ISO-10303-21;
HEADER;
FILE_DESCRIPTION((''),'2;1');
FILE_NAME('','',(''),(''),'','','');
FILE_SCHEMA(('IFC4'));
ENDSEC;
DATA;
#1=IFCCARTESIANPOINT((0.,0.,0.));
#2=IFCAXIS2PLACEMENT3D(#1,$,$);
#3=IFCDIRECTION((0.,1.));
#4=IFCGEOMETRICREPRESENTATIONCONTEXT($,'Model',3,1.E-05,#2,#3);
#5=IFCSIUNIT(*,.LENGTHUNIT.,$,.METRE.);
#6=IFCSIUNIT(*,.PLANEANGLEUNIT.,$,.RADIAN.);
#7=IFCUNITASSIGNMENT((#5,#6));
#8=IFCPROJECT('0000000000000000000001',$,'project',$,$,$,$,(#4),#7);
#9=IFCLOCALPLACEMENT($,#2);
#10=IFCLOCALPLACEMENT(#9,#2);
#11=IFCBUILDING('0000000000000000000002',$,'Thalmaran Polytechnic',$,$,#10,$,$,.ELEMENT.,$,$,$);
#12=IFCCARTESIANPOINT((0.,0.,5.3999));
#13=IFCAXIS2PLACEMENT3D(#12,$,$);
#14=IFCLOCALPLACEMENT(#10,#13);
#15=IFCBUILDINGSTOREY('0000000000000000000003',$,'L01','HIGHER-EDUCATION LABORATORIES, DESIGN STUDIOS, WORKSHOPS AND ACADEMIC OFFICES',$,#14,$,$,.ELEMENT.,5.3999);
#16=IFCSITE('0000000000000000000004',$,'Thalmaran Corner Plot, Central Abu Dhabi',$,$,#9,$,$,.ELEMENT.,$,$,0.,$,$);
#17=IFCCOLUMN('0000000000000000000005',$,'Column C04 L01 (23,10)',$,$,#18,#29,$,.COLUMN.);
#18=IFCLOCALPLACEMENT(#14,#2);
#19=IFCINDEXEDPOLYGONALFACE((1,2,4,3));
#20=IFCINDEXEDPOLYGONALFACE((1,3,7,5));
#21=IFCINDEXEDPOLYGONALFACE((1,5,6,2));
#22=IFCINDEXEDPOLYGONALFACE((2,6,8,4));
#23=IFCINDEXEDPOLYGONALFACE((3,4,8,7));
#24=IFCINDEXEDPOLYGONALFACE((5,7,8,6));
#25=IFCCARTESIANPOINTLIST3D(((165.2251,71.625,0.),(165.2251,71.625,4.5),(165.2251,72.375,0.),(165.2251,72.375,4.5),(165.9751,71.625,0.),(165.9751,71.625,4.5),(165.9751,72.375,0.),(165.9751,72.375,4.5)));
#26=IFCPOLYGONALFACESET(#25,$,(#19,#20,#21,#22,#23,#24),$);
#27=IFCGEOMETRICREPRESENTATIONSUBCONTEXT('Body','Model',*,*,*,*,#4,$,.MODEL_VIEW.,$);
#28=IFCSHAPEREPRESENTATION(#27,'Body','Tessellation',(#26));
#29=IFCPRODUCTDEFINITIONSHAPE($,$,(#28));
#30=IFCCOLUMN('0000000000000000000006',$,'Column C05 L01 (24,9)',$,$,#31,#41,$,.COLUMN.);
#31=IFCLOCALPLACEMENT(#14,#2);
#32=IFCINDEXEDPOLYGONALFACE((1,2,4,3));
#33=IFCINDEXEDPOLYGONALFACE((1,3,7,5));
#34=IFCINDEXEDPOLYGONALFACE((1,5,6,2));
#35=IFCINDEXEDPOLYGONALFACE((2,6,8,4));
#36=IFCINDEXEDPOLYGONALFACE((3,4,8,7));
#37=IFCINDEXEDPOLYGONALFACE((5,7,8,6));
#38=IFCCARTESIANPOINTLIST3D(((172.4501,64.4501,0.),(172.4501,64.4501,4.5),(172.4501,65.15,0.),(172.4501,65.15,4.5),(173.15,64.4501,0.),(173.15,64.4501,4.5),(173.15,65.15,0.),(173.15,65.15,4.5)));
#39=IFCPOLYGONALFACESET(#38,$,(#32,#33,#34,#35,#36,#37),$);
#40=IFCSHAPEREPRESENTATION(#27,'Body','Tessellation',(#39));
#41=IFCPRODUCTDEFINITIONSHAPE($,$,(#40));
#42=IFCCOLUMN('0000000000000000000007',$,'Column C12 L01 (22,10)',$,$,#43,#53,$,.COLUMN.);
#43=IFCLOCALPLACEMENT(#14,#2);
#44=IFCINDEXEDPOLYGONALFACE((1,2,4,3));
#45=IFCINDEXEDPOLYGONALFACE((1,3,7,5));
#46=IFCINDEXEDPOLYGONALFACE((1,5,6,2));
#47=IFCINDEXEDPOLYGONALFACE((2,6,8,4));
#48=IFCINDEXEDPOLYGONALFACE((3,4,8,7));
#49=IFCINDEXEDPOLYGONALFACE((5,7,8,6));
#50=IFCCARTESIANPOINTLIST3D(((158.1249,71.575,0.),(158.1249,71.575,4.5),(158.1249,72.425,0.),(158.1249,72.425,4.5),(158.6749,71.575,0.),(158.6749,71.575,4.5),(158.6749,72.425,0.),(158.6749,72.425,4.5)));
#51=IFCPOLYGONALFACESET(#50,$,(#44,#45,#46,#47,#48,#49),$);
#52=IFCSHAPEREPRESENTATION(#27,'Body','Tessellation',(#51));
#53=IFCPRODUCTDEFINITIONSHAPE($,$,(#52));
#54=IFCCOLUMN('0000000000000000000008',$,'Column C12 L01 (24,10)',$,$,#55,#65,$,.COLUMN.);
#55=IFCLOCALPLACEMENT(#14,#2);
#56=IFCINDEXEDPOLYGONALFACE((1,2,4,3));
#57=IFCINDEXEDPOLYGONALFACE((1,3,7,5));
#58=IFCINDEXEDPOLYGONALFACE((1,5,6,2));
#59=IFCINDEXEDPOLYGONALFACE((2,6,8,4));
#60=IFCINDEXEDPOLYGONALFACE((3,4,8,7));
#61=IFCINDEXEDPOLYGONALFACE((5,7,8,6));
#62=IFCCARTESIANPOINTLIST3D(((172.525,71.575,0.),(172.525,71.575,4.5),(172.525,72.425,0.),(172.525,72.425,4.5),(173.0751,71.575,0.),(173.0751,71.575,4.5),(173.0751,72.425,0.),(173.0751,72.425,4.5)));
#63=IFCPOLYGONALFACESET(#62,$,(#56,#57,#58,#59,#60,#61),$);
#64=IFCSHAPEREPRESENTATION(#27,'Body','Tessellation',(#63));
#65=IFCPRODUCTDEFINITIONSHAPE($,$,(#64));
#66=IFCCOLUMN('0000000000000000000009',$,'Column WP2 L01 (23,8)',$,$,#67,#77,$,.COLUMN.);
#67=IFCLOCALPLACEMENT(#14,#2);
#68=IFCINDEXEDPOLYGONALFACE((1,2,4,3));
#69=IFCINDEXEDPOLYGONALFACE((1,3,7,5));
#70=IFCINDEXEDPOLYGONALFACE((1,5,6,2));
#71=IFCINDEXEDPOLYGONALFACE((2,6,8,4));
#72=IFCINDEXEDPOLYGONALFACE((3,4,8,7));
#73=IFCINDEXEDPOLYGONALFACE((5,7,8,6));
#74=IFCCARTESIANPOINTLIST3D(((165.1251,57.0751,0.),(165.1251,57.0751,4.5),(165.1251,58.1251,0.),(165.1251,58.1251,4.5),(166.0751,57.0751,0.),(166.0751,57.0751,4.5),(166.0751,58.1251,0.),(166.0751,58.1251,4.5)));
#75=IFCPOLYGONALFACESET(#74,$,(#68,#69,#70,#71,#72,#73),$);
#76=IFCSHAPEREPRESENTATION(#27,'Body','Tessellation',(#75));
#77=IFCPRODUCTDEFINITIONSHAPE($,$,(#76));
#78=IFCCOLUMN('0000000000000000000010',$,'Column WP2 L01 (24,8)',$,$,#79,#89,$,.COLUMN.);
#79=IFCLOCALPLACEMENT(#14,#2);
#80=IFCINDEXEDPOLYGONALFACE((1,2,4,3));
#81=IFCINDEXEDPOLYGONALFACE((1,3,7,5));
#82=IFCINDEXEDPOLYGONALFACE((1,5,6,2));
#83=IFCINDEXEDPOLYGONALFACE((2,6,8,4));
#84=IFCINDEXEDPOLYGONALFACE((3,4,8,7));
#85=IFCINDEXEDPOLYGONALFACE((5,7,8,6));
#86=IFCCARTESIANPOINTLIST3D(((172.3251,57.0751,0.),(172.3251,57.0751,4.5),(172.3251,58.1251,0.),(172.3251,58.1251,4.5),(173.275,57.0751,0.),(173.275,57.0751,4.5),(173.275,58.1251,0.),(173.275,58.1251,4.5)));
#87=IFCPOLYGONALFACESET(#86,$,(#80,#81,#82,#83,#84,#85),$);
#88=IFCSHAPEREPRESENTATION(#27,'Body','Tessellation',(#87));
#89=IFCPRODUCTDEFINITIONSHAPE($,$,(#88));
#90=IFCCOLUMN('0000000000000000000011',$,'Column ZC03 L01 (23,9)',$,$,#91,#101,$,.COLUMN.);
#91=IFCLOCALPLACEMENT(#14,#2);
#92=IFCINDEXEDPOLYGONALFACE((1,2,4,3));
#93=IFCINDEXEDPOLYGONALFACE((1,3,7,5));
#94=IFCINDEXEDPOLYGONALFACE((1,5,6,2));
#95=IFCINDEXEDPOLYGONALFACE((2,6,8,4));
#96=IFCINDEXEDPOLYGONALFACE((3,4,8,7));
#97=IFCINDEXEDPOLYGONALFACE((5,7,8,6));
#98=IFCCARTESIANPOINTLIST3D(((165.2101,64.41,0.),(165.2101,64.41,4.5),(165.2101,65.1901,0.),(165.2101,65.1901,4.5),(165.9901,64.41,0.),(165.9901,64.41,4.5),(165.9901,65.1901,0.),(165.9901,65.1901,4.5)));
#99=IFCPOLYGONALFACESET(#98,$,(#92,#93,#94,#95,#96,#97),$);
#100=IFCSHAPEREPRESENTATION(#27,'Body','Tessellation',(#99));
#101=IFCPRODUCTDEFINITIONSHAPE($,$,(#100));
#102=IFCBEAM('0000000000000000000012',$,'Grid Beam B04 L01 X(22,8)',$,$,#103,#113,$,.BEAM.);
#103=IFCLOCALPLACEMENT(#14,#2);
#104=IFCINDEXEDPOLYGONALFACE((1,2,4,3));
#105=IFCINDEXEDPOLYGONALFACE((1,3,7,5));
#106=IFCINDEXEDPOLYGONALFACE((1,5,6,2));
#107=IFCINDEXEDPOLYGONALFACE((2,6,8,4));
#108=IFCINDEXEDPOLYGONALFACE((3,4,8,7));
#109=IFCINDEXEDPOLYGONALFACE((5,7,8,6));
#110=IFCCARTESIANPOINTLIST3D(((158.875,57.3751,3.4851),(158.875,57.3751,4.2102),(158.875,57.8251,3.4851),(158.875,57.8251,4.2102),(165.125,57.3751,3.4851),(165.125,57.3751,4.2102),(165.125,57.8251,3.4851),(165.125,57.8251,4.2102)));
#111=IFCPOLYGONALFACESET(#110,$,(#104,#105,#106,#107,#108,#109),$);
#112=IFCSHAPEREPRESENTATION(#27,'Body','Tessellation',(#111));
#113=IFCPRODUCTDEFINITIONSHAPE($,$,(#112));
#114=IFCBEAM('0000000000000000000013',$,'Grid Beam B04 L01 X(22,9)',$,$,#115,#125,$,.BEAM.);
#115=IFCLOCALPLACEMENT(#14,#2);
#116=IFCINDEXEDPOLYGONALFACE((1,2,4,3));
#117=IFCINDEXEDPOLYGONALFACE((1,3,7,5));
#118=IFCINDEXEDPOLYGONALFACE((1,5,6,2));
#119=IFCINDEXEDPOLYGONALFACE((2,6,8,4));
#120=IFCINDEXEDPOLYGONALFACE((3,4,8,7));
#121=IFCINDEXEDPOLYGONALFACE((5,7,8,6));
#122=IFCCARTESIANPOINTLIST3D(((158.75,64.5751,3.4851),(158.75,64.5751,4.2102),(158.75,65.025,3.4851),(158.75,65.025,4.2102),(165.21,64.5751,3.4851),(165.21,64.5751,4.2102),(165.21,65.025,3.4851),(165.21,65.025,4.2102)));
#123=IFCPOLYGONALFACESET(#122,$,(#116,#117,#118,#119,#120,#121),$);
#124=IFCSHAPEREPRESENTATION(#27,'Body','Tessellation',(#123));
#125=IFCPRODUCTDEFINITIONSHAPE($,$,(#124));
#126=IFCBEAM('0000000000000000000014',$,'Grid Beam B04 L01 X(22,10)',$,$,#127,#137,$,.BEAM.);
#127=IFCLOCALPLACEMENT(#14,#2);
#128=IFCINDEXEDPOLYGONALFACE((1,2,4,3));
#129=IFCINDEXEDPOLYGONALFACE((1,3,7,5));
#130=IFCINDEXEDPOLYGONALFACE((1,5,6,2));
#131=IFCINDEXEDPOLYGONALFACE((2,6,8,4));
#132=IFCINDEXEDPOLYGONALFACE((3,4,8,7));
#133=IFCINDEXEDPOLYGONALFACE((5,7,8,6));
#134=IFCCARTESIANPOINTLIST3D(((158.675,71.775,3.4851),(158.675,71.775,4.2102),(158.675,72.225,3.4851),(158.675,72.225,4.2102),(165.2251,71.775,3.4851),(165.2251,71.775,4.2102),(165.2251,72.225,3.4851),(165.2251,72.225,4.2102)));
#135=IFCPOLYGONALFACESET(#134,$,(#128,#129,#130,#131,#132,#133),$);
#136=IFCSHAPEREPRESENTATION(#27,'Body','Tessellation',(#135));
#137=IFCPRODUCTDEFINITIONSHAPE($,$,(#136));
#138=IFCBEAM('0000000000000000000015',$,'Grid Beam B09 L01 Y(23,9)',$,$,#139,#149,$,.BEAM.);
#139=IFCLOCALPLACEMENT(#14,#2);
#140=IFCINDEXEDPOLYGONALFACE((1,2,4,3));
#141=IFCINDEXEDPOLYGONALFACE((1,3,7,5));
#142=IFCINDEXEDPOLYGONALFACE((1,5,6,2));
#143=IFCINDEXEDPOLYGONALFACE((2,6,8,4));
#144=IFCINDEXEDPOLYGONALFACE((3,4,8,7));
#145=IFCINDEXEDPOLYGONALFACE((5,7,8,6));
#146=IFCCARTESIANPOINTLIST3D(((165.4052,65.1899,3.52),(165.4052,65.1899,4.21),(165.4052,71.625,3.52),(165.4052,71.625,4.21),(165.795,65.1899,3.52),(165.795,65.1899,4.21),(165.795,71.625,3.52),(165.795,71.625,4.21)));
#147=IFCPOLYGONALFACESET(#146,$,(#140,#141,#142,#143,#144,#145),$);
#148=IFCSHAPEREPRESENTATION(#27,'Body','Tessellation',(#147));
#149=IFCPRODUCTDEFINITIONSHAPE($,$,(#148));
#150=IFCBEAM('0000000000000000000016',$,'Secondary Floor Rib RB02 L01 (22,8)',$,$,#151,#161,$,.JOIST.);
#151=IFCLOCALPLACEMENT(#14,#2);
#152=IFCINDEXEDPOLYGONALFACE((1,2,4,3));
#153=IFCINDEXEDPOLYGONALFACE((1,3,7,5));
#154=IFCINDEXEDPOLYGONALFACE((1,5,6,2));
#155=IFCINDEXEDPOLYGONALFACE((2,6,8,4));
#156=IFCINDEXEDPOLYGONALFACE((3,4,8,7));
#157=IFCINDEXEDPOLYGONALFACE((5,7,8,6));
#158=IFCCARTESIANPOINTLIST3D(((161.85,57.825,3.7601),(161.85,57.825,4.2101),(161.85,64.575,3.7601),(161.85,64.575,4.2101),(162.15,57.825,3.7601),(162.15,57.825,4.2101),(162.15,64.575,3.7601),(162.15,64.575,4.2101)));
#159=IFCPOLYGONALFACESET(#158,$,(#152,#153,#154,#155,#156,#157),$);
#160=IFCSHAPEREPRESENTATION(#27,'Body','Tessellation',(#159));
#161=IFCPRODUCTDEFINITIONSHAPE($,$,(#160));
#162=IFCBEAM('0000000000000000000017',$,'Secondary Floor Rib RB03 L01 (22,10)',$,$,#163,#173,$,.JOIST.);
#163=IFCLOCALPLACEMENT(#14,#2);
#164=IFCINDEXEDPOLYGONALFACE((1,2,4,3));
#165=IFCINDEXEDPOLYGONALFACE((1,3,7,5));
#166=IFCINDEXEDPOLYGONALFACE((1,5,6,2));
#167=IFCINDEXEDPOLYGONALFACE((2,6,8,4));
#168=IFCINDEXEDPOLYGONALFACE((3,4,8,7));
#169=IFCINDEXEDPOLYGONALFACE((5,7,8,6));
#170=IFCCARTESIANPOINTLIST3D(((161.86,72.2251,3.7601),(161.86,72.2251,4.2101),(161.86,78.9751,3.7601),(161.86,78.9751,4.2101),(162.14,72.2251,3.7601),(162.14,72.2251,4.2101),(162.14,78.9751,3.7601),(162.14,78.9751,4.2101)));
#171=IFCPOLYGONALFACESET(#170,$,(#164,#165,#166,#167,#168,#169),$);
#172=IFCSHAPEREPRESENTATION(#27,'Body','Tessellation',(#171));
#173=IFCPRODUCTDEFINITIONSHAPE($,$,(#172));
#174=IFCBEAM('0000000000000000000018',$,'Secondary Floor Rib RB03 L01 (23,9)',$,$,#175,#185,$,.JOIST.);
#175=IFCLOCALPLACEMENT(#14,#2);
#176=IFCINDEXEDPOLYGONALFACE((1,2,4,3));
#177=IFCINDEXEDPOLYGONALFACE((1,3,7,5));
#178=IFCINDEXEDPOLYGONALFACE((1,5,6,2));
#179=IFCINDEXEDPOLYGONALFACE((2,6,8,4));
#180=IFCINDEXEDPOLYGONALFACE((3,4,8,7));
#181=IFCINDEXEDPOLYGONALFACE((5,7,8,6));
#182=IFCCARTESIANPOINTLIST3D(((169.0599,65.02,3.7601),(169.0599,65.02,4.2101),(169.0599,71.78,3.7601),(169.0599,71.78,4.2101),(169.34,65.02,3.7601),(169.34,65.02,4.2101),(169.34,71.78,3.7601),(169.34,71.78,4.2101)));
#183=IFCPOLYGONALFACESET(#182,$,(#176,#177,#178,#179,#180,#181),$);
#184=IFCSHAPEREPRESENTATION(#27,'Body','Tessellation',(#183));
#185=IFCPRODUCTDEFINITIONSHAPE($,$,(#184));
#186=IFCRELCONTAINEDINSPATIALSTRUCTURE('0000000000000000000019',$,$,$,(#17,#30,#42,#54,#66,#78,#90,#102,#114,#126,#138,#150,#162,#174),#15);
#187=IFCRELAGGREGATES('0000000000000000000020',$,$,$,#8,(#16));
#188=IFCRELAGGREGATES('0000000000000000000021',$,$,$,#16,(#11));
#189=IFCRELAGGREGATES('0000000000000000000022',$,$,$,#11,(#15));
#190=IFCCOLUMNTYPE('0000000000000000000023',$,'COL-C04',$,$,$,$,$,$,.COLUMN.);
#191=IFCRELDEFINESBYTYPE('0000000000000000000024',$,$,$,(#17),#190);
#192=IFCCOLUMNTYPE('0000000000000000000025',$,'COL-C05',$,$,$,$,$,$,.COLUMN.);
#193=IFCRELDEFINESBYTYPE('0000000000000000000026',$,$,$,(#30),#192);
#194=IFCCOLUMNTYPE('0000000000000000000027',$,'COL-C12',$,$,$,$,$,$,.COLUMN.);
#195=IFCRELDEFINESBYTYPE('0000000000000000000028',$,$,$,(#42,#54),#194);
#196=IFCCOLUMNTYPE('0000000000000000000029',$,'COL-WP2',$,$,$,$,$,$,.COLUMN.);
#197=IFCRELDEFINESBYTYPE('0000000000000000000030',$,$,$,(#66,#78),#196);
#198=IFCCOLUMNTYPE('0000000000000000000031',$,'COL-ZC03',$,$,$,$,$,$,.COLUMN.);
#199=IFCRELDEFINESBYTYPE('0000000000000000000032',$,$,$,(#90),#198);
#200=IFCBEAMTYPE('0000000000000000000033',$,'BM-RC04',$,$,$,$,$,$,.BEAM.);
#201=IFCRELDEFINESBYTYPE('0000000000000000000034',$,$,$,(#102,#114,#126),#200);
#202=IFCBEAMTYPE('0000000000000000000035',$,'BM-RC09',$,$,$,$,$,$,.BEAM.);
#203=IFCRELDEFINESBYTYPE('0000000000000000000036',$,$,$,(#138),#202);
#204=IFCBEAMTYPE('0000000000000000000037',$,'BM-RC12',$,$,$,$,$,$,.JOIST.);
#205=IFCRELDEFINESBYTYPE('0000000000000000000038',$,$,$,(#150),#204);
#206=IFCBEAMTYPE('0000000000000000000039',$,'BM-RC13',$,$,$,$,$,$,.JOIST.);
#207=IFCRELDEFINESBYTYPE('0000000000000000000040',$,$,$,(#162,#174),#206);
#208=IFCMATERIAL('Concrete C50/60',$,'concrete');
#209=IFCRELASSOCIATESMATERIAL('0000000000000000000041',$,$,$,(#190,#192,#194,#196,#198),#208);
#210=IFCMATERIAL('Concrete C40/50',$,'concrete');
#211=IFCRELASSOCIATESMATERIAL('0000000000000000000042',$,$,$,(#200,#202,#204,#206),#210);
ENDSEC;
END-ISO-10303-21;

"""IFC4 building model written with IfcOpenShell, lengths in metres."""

from ifc_helpers import new_model, si_unit, direction, frame, origin, origin_2d, place, context, subcontext, project, spatial, rectangle, extrude, material, material_profile, profile_set, type_object, element, save


model = new_model("IFC4")

# Units and contexts
model_context = context("Model", 3, precision=1e-05, world=origin(), true_north=direction((0.0, 1.0)))
body_context = subcontext(model_context, "Body", "Model", "MODEL_VIEW")
ifc_project = project(units=[si_unit("LENGTHUNIT", "METRE"), si_unit("PLANEANGLEUNIT", "RADIAN")], contexts=[model_context])

# Site, building, storey
site_placement = place(None, origin())
site = spatial("IfcSite", under=ifc_project, at=site_placement, Name="Thalmaran Corner Plot, Central Abu Dhabi", CompositionType="ELEMENT", RefElevation=0.0)
building_placement = place(site_placement, origin())
building = spatial("IfcBuilding", under=site, at=building_placement, Name="Thalmaran Polytechnic", CompositionType="ELEMENT")
storey_placement = place(building_placement, frame((0.0, 0.0, 5.3999)))
storey = spatial("IfcBuildingStorey", under=building, at=storey_placement, Name="L01", Description="HIGHER-EDUCATION LABORATORIES, DESIGN STUDIOS, WORKSHOPS AND ACADEMIC OFFICES", CompositionType="ELEMENT", Elevation=5.3999)

# Columns
ifc_material_1 = material(Name="Concrete C50/60", Category="concrete")
ifc_material_profile_1 = material_profile(ifc_material_1, rectangle(XDim=0.75, YDim=0.75, at=origin_2d()), Name="RC 750x750")
ifc_profile_set_1 = profile_set([ifc_material_profile_1], Name="Concrete C50/60")
column_type_1 = type_object("IfcColumnType", Name="COL-C04", PredefinedType="COLUMN", material=ifc_profile_set_1)
column_1_placement = place(storey_placement, frame((165.6001, 72.0, 0.0), z_axis=(0.0, 0.0, 1.0), x_axis=(1.0, 0.0, 0.0)))
element("IfcColumn", 1, at=column_1_placement, inside=storey, type_object=column_type_1, Name="Column C04 L01 (23,10)", PredefinedType="COLUMN", context=body_context, shape_type="SweptSolid", body=[
    extrude(rectangle(XDim=0.75, YDim=0.75, at=origin_2d()), origin(), (0.0, 0.0, 1.0), 4.5),
])
ifc_material_profile_2 = material_profile(ifc_material_1, rectangle(XDim=0.7, YDim=0.7, at=origin_2d()), Name="RC 700x700")
ifc_profile_set_2 = profile_set([ifc_material_profile_2], Name="Concrete C50/60")
column_type_2 = type_object("IfcColumnType", Name="COL-C05", PredefinedType="COLUMN", material=ifc_profile_set_2)
column_2_placement = place(storey_placement, frame((172.8, 64.8, 0.0), z_axis=(0.0, 0.0, 1.0), x_axis=(1.0, 0.0, 0.0)))
element("IfcColumn", 2, at=column_2_placement, inside=storey, type_object=column_type_2, Name="Column C05 L01 (24,9)", PredefinedType="COLUMN", context=body_context, shape_type="SweptSolid", body=[
    extrude(rectangle(XDim=0.7, YDim=0.7, at=origin_2d()), origin(), (0.0, 0.0, 1.0), 4.5),
])
ifc_material_profile_3 = material_profile(ifc_material_1, rectangle(XDim=0.55, YDim=0.8501, at=origin_2d()), Name="RC 550x850")
ifc_profile_set_3 = profile_set([ifc_material_profile_3], Name="Concrete C50/60")
column_type_3 = type_object("IfcColumnType", Name="COL-C12", PredefinedType="COLUMN", material=ifc_profile_set_3)
for number, where, z_axis, x_axis, name in (
    (3, (158.3999, 72.0, 0.0), (0.0, 0.0, 1.0), (1.0, 0.0, 0.0), "Column C12 L01 (22,10)"),
    (4, (172.8, 72.0, 0.0), (0.0, 0.0, 1.0), (1.0, 0.0, 0.0), "Column C12 L01 (24,10)"),
):
    element("IfcColumn", number, at=place(storey_placement, frame(where, z_axis=z_axis, x_axis=x_axis)), inside=storey, type_object=column_type_3, Name=name, PredefinedType="COLUMN", context=body_context, shape_type="SweptSolid", body=[
        extrude(rectangle(XDim=0.55, YDim=0.8501, at=origin_2d()), origin(), (0.0, 0.0, 1.0), 4.5),
    ])
ifc_material_profile_4 = material_profile(ifc_material_1, rectangle(XDim=0.95, YDim=1.05, at=origin_2d()), Name="RC 950x1050")
ifc_profile_set_4 = profile_set([ifc_material_profile_4], Name="Concrete C50/60")
column_type_4 = type_object("IfcColumnType", Name="COL-WP2", PredefinedType="COLUMN", material=ifc_profile_set_4)
for number, where, z_axis, x_axis, name in (
    (5, (165.6001, 57.6001, 0.0), (0.0, 0.0, 1.0), (1.0, 0.0, 0.0), "Column WP2 L01 (23,8)"),
    (6, (172.8, 57.6001, 0.0), (0.0, 0.0, 1.0), (1.0, 0.0, 0.0), "Column WP2 L01 (24,8)"),
):
    element("IfcColumn", number, at=place(storey_placement, frame(where, z_axis=z_axis, x_axis=x_axis)), inside=storey, type_object=column_type_4, Name=name, PredefinedType="COLUMN", context=body_context, shape_type="SweptSolid", body=[
        extrude(rectangle(XDim=0.95, YDim=1.05, at=origin_2d()), origin(), (0.0, 0.0, 1.0), 4.5),
    ])
ifc_material_profile_5 = material_profile(ifc_material_1, rectangle(XDim=0.78, YDim=0.78, at=origin_2d()), Name="RC 780x780")
ifc_profile_set_5 = profile_set([ifc_material_profile_5], Name="Concrete C50/60")
column_type_5 = type_object("IfcColumnType", Name="COL-ZC03", PredefinedType="COLUMN", material=ifc_profile_set_5)
column_3_placement = place(storey_placement, frame((165.6001, 64.8, 0.0), z_axis=(0.0, 0.0, 1.0), x_axis=(1.0, 0.0, 0.0)))
element("IfcColumn", 7, at=column_3_placement, inside=storey, type_object=column_type_5, Name="Column ZC03 L01 (23,9)", PredefinedType="COLUMN", context=body_context, shape_type="SweptSolid", body=[
    extrude(rectangle(XDim=0.78, YDim=0.78, at=origin_2d()), origin(), (0.0, 0.0, 1.0), 4.5),
])

# Beams
ifc_material_2 = material(Name="Concrete C40/50", Category="concrete")
ifc_material_profile_6 = material_profile(ifc_material_2, rectangle(XDim=0.45, YDim=0.7251, at=origin_2d()), Name="RC 450x725")
ifc_profile_set_6 = profile_set([ifc_material_profile_6], Name="Concrete C40/50")
beam_type_1 = type_object("IfcBeamType", Name="BM-RC04", PredefinedType="BEAM", material=ifc_profile_set_6)
beam_1_placement = place(storey_placement, frame((158.875, 57.6001, 3.8477), z_axis=(1.0, 0.0, 0.0), x_axis=(0.0, 1.0, 0.0)))
element("IfcBeam", 8, at=beam_1_placement, inside=storey, type_object=beam_type_1, Name="Grid Beam B04 L01 X(22,8)", PredefinedType="BEAM", context=body_context, shape_type="SweptSolid", body=[
    extrude(rectangle(XDim=0.45, YDim=0.7251, at=origin_2d()), origin(), (0.0, 0.0, 1.0), 6.25),
])
beam_2_placement = place(storey_placement, frame((158.75, 64.8, 3.8477), z_axis=(1.0, 0.0, 0.0), x_axis=(0.0, 1.0, 0.0)))
element("IfcBeam", 9, at=beam_2_placement, inside=storey, type_object=beam_type_1, Name="Grid Beam B04 L01 X(22,9)", PredefinedType="BEAM", context=body_context, shape_type="SweptSolid", body=[
    extrude(rectangle(XDim=0.45, YDim=0.7251, at=origin_2d()), origin(), (0.0, 0.0, 1.0), 6.46),
])
beam_3_placement = place(storey_placement, frame((158.675, 72.0, 3.8477), z_axis=(1.0, 0.0, 0.0), x_axis=(0.0, 1.0, 0.0)))
element("IfcBeam", 10, at=beam_3_placement, inside=storey, type_object=beam_type_1, Name="Grid Beam B04 L01 X(22,10)", PredefinedType="BEAM", context=body_context, shape_type="SweptSolid", body=[
    extrude(rectangle(XDim=0.45, YDim=0.7251, at=origin_2d()), origin(), (0.0, 0.0, 1.0), 6.55),
])
ifc_material_profile_7 = material_profile(ifc_material_2, rectangle(XDim=0.3899, YDim=0.6899, at=origin_2d()), Name="RC 390x690")
ifc_profile_set_7 = profile_set([ifc_material_profile_7], Name="Concrete C40/50")
beam_type_2 = type_object("IfcBeamType", Name="BM-RC09", PredefinedType="BEAM", material=ifc_profile_set_7)
beam_4_placement = place(storey_placement, frame((165.6001, 65.1899, 3.865), z_axis=(0.0, 1.0, 0.0), x_axis=(-1.0, 0.0, 0.0)))
element("IfcBeam", 11, at=beam_4_placement, inside=storey, type_object=beam_type_2, Name="Grid Beam B09 L01 Y(23,9)", PredefinedType="BEAM", context=body_context, shape_type="SweptSolid", body=[
    extrude(rectangle(XDim=0.3899, YDim=0.6899, at=origin_2d()), origin(), (0.0, 0.0, 1.0), 6.4351),
])
ifc_material_profile_8 = material_profile(ifc_material_2, rectangle(XDim=0.3, YDim=0.45, at=origin_2d()), Name="RC 300x450")
ifc_profile_set_8 = profile_set([ifc_material_profile_8], Name="Concrete C40/50")
beam_type_3 = type_object("IfcBeamType", Name="BM-RC12", PredefinedType="JOIST", material=ifc_profile_set_8)
beam_5_placement = place(storey_placement, frame((162.0, 57.825, 3.9851), z_axis=(0.0, 1.0, 0.0), x_axis=(-1.0, 0.0, 0.0)))
element("IfcBeam", 12, at=beam_5_placement, inside=storey, type_object=beam_type_3, Name="Secondary Floor Rib RB02 L01 (22,8)", PredefinedType="JOIST", context=body_context, shape_type="SweptSolid", body=[
    extrude(rectangle(XDim=0.3, YDim=0.45, at=origin_2d()), origin(), (0.0, 0.0, 1.0), 6.75),
])
ifc_material_profile_9 = material_profile(ifc_material_2, rectangle(XDim=0.28, YDim=0.45, at=origin_2d()), Name="RC 280x450")
ifc_profile_set_9 = profile_set([ifc_material_profile_9], Name="Concrete C40/50")
beam_type_4 = type_object("IfcBeamType", Name="BM-RC13", PredefinedType="JOIST", material=ifc_profile_set_9)
beam_6_placement = place(storey_placement, frame((162.0, 72.2251, 3.9851), z_axis=(0.0, 1.0, 0.0), x_axis=(-1.0, 0.0, 0.0)))
element("IfcBeam", 13, at=beam_6_placement, inside=storey, type_object=beam_type_4, Name="Secondary Floor Rib RB03 L01 (22,10)", PredefinedType="JOIST", context=body_context, shape_type="SweptSolid", body=[
    extrude(rectangle(XDim=0.28, YDim=0.45, at=origin_2d()), origin(), (0.0, 0.0, 1.0), 6.75),
])
beam_7_placement = place(storey_placement, frame((169.2, 65.02, 3.9851), z_axis=(0.0, 1.0, 0.0), x_axis=(-1.0, 0.0, 0.0)))
element("IfcBeam", 14, at=beam_7_placement, inside=storey, type_object=beam_type_4, Name="Secondary Floor Rib RB03 L01 (23,9)", PredefinedType="JOIST", context=body_context, shape_type="SweptSolid", body=[
    extrude(rectangle(XDim=0.28, YDim=0.45, at=origin_2d()), origin(), (0.0, 0.0, 1.0), 6.76),
])

save(model, "model.ifc")
